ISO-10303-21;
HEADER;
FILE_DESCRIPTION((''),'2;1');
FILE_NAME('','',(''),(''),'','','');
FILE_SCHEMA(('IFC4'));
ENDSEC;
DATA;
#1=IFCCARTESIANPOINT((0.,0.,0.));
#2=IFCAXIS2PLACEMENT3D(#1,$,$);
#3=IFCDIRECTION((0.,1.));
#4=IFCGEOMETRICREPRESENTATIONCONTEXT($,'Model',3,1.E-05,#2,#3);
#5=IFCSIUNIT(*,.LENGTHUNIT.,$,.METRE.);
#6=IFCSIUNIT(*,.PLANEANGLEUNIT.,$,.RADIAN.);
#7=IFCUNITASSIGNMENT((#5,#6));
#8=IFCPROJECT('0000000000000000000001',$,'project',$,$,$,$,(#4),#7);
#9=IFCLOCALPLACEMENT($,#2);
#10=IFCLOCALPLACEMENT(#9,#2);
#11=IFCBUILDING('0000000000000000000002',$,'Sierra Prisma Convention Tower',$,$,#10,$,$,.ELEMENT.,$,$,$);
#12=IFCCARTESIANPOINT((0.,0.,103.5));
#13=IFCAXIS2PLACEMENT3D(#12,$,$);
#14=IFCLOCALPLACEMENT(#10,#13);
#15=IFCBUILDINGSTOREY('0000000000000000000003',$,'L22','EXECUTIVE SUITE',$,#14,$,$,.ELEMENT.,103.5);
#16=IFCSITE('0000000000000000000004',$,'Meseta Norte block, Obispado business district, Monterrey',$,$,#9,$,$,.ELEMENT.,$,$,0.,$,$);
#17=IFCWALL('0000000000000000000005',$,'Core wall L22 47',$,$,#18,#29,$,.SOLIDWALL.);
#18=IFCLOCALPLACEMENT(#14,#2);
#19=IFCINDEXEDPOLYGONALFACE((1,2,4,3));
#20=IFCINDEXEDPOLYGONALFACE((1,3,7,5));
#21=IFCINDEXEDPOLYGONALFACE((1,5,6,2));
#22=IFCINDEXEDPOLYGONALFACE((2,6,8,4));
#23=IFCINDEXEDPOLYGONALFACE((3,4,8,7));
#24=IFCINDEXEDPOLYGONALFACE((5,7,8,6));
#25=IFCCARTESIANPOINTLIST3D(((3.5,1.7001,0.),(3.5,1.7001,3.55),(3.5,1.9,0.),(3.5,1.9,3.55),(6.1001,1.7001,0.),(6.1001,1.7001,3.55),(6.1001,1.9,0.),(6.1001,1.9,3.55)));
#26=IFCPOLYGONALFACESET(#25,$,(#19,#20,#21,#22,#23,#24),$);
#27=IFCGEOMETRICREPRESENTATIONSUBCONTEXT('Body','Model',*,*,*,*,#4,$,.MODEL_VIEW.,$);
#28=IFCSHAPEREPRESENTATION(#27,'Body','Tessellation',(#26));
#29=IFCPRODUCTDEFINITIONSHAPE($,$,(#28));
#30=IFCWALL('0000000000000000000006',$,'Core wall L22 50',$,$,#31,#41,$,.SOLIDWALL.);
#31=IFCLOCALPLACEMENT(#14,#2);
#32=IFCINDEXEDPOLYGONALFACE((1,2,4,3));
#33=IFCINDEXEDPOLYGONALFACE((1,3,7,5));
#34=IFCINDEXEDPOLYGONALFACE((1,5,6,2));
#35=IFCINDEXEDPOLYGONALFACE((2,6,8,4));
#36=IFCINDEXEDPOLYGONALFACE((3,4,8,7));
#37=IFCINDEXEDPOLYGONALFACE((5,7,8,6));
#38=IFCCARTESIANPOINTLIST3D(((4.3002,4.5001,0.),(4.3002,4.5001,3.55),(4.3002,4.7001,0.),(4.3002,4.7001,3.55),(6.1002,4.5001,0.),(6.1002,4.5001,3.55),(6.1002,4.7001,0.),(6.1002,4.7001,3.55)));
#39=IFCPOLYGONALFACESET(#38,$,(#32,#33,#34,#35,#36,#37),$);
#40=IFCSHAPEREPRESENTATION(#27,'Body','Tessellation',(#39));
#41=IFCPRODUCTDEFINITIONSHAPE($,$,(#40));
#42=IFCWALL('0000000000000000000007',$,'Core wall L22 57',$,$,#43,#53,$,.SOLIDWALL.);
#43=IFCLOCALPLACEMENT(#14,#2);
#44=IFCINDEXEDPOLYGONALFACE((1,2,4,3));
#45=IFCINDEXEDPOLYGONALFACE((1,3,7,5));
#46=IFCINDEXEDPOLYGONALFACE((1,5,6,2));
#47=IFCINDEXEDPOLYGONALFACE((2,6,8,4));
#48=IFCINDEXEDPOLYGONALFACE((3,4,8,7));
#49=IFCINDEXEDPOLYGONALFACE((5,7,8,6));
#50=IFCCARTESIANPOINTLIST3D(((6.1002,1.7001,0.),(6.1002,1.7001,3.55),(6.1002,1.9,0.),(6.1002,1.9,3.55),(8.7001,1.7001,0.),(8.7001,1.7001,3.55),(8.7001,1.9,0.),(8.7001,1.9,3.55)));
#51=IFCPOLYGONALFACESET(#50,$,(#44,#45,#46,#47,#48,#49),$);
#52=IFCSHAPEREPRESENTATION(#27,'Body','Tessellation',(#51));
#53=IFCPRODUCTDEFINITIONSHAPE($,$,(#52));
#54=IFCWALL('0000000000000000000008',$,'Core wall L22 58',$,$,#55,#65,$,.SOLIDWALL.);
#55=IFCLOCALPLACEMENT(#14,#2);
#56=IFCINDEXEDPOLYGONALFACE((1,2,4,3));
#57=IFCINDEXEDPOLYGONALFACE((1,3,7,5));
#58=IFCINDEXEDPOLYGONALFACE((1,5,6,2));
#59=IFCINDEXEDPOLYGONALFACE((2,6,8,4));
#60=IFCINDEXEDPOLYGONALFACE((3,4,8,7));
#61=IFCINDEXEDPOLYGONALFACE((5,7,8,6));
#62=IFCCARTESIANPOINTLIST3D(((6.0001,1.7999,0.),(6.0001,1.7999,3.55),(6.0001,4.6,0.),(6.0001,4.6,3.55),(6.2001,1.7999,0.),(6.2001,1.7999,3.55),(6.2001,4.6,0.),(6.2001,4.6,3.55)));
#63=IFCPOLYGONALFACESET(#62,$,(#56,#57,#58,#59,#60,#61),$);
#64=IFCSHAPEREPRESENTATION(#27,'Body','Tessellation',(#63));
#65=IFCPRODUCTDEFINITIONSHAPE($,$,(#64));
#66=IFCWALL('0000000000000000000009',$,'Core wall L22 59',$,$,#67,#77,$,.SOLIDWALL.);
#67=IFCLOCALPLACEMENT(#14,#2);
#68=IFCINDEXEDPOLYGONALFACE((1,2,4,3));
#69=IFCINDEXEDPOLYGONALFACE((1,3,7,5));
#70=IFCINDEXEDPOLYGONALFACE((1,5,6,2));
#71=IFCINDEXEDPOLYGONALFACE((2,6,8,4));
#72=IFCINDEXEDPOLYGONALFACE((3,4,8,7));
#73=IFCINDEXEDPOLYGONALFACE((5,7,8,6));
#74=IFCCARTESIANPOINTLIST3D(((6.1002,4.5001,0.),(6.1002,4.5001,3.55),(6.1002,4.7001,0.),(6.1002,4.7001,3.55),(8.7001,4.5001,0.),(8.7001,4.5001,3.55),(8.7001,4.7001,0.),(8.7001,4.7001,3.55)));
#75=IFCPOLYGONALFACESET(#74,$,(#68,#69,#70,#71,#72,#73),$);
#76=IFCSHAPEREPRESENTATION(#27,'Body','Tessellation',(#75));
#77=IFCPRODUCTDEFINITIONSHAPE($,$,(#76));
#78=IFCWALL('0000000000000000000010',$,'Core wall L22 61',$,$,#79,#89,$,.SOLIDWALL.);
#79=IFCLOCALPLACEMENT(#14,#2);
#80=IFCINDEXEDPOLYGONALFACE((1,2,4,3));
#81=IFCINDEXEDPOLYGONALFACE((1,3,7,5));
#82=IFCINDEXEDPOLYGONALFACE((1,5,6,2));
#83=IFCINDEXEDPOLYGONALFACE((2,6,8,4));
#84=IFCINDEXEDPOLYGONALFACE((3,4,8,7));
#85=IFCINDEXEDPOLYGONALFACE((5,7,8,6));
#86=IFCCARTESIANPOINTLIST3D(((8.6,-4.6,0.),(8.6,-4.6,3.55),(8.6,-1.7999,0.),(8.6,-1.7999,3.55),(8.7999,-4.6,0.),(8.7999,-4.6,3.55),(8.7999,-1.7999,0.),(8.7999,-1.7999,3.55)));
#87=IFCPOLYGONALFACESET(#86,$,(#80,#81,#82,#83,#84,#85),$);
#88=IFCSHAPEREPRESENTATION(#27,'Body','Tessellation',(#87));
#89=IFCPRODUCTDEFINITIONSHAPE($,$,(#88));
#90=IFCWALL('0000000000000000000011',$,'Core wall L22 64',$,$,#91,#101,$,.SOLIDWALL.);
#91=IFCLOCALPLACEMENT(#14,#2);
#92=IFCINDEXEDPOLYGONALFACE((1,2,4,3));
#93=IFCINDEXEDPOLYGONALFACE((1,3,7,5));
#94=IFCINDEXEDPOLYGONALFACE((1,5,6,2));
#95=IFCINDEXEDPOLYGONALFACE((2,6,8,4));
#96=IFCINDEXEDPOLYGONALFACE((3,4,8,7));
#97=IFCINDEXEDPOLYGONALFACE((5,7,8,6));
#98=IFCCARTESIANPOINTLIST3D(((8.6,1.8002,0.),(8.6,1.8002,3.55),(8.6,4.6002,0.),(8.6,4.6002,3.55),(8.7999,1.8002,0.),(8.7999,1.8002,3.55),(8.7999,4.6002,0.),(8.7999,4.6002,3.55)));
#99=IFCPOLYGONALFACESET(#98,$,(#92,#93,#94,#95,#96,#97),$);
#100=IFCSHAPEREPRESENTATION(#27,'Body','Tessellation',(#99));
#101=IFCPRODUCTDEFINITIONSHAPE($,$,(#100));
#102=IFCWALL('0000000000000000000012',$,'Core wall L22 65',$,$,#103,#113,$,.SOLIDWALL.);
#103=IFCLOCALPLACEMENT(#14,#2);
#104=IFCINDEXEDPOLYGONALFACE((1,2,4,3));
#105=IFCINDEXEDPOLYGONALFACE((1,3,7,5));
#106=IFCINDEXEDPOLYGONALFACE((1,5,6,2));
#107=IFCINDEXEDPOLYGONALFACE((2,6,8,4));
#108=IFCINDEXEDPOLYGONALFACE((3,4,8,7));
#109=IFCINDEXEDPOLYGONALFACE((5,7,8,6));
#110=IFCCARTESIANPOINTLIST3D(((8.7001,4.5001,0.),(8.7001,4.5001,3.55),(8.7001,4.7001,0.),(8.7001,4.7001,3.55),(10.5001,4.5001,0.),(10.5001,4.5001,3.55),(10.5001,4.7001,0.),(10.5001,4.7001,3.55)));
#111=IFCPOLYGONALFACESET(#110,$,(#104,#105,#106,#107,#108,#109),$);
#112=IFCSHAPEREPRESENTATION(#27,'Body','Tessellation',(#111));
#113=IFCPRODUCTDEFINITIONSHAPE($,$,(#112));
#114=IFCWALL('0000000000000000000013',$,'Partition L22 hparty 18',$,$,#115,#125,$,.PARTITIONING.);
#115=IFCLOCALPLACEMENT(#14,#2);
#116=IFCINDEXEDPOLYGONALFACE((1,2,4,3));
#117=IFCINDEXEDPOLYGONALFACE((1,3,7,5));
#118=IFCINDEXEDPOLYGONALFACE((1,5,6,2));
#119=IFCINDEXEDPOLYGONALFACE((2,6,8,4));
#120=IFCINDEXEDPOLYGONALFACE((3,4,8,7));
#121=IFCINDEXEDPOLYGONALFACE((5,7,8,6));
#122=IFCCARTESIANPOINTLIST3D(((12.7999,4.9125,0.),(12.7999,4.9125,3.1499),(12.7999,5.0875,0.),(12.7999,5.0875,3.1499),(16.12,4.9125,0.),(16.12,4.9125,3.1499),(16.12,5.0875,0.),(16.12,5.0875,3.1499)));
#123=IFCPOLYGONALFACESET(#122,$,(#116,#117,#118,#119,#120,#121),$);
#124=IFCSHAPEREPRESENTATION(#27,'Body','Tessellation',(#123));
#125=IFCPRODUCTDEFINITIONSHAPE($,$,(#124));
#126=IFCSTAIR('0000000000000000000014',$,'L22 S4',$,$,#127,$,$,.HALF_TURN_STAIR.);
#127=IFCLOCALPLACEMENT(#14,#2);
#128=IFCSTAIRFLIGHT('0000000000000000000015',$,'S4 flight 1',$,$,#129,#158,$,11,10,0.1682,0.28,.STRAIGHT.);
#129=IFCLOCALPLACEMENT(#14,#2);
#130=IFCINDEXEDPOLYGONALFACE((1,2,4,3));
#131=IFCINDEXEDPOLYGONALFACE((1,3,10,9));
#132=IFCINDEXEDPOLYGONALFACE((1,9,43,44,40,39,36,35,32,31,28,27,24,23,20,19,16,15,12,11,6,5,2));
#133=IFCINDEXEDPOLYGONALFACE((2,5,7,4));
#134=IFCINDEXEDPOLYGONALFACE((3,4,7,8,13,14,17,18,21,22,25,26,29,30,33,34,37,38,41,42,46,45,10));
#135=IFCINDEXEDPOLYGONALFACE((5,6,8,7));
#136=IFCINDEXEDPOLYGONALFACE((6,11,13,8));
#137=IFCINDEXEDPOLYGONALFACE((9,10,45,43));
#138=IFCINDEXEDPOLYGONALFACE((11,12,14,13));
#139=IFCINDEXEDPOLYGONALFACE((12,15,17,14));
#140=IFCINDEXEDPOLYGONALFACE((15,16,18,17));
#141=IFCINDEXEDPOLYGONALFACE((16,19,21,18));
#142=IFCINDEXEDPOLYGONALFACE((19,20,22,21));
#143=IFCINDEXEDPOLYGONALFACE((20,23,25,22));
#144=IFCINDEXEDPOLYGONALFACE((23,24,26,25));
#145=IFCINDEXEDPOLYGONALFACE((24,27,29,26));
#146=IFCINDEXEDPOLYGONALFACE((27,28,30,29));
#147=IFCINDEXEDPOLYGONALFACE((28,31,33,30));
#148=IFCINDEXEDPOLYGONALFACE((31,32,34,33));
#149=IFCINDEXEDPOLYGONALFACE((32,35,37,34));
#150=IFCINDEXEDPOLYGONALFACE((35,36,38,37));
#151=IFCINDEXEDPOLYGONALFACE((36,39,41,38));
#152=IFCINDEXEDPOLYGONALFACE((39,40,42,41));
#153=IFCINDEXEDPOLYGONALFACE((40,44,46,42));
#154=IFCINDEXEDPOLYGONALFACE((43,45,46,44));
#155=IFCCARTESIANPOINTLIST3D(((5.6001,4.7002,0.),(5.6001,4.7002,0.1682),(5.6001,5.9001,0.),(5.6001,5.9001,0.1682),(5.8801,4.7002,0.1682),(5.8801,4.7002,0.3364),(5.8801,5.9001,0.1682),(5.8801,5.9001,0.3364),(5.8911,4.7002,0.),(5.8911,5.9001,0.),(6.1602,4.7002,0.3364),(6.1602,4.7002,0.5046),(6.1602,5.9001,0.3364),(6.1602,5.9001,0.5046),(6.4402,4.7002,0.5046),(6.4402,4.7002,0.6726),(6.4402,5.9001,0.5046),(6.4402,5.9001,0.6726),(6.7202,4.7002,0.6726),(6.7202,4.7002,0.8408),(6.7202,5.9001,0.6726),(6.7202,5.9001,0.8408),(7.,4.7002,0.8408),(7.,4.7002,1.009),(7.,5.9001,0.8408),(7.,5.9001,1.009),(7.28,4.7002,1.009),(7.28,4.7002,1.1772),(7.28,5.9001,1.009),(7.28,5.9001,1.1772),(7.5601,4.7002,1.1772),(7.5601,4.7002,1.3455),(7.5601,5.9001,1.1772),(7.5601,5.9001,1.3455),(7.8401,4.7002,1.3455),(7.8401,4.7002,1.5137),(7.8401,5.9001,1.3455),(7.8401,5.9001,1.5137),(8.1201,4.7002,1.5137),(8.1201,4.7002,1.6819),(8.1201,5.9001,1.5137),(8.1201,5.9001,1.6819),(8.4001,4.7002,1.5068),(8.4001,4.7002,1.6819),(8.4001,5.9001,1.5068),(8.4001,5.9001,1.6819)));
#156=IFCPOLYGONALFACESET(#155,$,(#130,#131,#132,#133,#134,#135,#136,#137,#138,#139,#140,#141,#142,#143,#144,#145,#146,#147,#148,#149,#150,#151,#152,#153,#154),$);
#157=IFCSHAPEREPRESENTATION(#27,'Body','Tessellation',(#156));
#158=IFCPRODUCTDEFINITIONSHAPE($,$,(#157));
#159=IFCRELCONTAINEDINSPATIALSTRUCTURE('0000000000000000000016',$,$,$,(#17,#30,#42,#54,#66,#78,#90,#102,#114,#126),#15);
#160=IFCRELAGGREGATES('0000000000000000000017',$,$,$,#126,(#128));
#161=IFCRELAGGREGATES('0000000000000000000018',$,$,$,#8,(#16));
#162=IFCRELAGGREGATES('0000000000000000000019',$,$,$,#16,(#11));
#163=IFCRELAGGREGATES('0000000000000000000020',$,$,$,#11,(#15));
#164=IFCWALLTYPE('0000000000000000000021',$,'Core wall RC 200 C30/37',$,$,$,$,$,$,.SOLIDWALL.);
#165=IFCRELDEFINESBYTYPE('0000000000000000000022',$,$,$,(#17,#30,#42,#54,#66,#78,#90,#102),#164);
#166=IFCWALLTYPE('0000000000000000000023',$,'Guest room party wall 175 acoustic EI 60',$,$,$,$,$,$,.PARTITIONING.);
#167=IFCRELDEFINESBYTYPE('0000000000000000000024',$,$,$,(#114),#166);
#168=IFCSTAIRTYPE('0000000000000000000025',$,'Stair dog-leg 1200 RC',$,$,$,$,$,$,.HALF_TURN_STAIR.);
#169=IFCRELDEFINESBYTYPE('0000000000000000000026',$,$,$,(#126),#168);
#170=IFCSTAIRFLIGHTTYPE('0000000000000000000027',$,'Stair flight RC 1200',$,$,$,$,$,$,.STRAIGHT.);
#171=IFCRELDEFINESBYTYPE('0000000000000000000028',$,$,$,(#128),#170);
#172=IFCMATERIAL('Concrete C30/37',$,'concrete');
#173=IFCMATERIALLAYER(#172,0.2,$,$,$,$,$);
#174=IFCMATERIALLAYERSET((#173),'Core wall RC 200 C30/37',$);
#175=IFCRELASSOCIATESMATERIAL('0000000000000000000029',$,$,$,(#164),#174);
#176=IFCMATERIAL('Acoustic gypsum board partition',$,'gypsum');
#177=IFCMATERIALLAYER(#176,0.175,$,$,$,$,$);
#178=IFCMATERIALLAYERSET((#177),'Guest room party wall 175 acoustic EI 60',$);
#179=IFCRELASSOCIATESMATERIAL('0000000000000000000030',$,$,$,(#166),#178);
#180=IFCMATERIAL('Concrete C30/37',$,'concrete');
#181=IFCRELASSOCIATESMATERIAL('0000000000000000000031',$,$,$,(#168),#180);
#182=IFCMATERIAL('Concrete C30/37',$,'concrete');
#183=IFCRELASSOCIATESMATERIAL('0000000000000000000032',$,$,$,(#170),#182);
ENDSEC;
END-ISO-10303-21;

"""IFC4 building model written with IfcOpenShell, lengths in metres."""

from ifc_helpers import new_model, si_unit, direction, frame, frame_2d, origin, place, context, subcontext, project, spatial, polyline, rectangle, outline, extrude, material, layer, layer_set, type_object, element, aggregate, save


model = new_model("IFC4")

# Units and contexts
model_context = context("Model", 3, precision=1e-05, world=origin(), true_north=direction((0.0, 1.0)))
body_context = subcontext(model_context, "Body", "Model", "MODEL_VIEW")
ifc_project = project(units=[si_unit("LENGTHUNIT", "METRE"), si_unit("PLANEANGLEUNIT", "RADIAN")], contexts=[model_context])

# Site, building, storey
site_placement = place(None, origin())
site = spatial("IfcSite", under=ifc_project, at=site_placement, Name="Meseta Norte block, Obispado business district, Monterrey", CompositionType="ELEMENT", RefElevation=0.0)
building_placement = place(site_placement, origin())
building = spatial("IfcBuilding", under=site, at=building_placement, Name="Sierra Prisma Convention Tower", CompositionType="ELEMENT")
storey_placement = place(building_placement, frame((0.0, 0.0, 103.5)))
storey = spatial("IfcBuildingStorey", under=building, at=storey_placement, Name="L22", Description="EXECUTIVE SUITE", CompositionType="ELEMENT", Elevation=103.5)

# Walls
ifc_material_1 = material(Name="Concrete C30/37", Category="concrete")
ifc_layer_1 = layer(ifc_material_1, 0.2)
ifc_layer_set_1 = layer_set([ifc_layer_1], Name="Core wall RC 200 C30/37")
wall_type_1 = type_object("IfcWallType", Name="Core wall RC 200 C30/37", PredefinedType="SOLIDWALL", material=ifc_layer_set_1)
wall_1_placement = place(storey_placement, frame((6.1001, 1.8, 0.0), z_axis=(0.0, 0.0, 1.0), x_axis=(-1.0, 0.0, 0.0)))
element("IfcWall", 1, at=wall_1_placement, inside=storey, type_object=wall_type_1, Name="Core wall L22 47", PredefinedType="SOLIDWALL", context=body_context, shape_type="SweptSolid", body=[
    extrude(rectangle(XDim=2.6001, YDim=0.2, at=frame_2d((1.3, 0.0))), origin(), (0.0, 0.0, 1.0), 3.55),
])
wall_2_placement = place(storey_placement, frame((6.1001, 4.6001, 0.0), z_axis=(0.0, 0.0, 1.0), x_axis=(-1.0, 0.0, 0.0)))
element("IfcWall", 2, at=wall_2_placement, inside=storey, type_object=wall_type_1, Name="Core wall L22 50", PredefinedType="SOLIDWALL", context=body_context, shape_type="SweptSolid", body=[
    extrude(rectangle(XDim=1.8, YDim=0.2, at=frame_2d((0.8999, 0.0))), origin(), (0.0, 0.0, 1.0), 3.55),
])

# Walls
wall_3_placement = place(storey_placement, frame((8.7, 1.8, 0.0), z_axis=(0.0, 0.0, 1.0), x_axis=(-1.0, 0.0, 0.0)))
element("IfcWall", 3, at=wall_3_placement, inside=storey, type_object=wall_type_1, Name="Core wall L22 57", PredefinedType="SOLIDWALL", context=body_context, shape_type="SweptSolid", body=[
    extrude(rectangle(XDim=2.5999, YDim=0.2, at=frame_2d((1.2998, 0.0))), origin(), (0.0, 0.0, 1.0), 3.55),
])
wall_4_placement = place(storey_placement, frame((6.1001, 1.8, 0.0), z_axis=(0.0, 0.0, 1.0), x_axis=(0.0, 1.0, 0.0)))
element("IfcWall", 4, at=wall_4_placement, inside=storey, type_object=wall_type_1, Name="Core wall L22 58", PredefinedType="SOLIDWALL", context=body_context, shape_type="SweptSolid", body=[
    extrude(rectangle(XDim=2.8, YDim=0.2, at=frame_2d((1.3999, 0.0))), origin(), (0.0, 0.0, 1.0), 3.55),
])
wall_5_placement = place(storey_placement, frame((8.7, 4.6001, 0.0), z_axis=(0.0, 0.0, 1.0), x_axis=(-1.0, 0.0, 0.0)))
element("IfcWall", 5, at=wall_5_placement, inside=storey, type_object=wall_type_1, Name="Core wall L22 59", PredefinedType="SOLIDWALL", context=body_context, shape_type="SweptSolid", body=[
    extrude(rectangle(XDim=2.5999, YDim=0.2, at=frame_2d((1.2998, 0.0))), origin(), (0.0, 0.0, 1.0), 3.55),
])
wall_6_placement = place(storey_placement, frame((8.7, -1.8, 0.0), z_axis=(0.0, 0.0, 1.0), x_axis=(0.0, -1.0, 0.0)))
element("IfcWall", 6, at=wall_6_placement, inside=storey, type_object=wall_type_1, Name="Core wall L22 61", PredefinedType="SOLIDWALL", context=body_context, shape_type="SweptSolid", body=[
    extrude(rectangle(XDim=2.8, YDim=0.2, at=frame_2d((1.3999, 0.0))), origin(), (0.0, 0.0, 1.0), 3.55),
])

# Walls
wall_7_placement = place(storey_placement, frame((8.7, 4.6001, 0.0), z_axis=(0.0, 0.0, 1.0), x_axis=(0.0, -1.0, 0.0)))
element("IfcWall", 7, at=wall_7_placement, inside=storey, type_object=wall_type_1, Name="Core wall L22 64", PredefinedType="SOLIDWALL", context=body_context, shape_type="SweptSolid", body=[
    extrude(rectangle(XDim=2.8, YDim=0.2, at=frame_2d((1.3999, 0.0))), origin(), (0.0, 0.0, 1.0), 3.55),
])
wall_8_placement = place(storey_placement, frame((10.5, 4.6001, 0.0), z_axis=(0.0, 0.0, 1.0), x_axis=(-1.0, 0.0, 0.0)))
element("IfcWall", 8, at=wall_8_placement, inside=storey, type_object=wall_type_1, Name="Core wall L22 65", PredefinedType="SOLIDWALL", context=body_context, shape_type="SweptSolid", body=[
    extrude(rectangle(XDim=1.8, YDim=0.2, at=frame_2d((0.8999, 0.0))), origin(), (0.0, 0.0, 1.0), 3.55),
])
ifc_material_2 = material(Name="Acoustic gypsum board partition", Category="gypsum")
ifc_layer_2 = layer(ifc_material_2, 0.175)
ifc_layer_set_2 = layer_set([ifc_layer_2], Name="Guest room party wall 175 acoustic EI 60")
wall_type_2 = type_object("IfcWallType", Name="Guest room party wall 175 acoustic EI 60", PredefinedType="PARTITIONING", material=ifc_layer_set_2)
wall_9_placement = place(storey_placement, frame((16.1201, 5.0, 0.0), z_axis=(0.0, 0.0, 1.0), x_axis=(-1.0, 0.0, 0.0)))
element("IfcWall", 9, at=wall_9_placement, inside=storey, type_object=wall_type_2, Name="Partition L22 hparty 18", PredefinedType="PARTITIONING", context=body_context, shape_type="SweptSolid", body=[
    extrude(rectangle(XDim=3.3201, YDim=0.175, at=frame_2d((1.6602, 0.0))), origin(), (0.0, 0.0, 1.0), 3.1499),
])

# Stair, stair flight
ifc_material_3 = material(Name="Concrete C30/37", Category="concrete")
stair_type = type_object("IfcStairType", Name="Stair dog-leg 1200 RC", PredefinedType="HALF_TURN_STAIR", material=ifc_material_3)
stair_placement = place(storey_placement, origin())
stair = element("IfcStair", 10, at=stair_placement, inside=storey, type_object=stair_type, Name="L22 S4", PredefinedType="HALF_TURN_STAIR")
ifc_material_4 = material(Name="Concrete C30/37", Category="concrete")
stair_flight_type = type_object("IfcStairFlightType", Name="Stair flight RC 1200", PredefinedType="STRAIGHT", material=ifc_material_4)
stair_flight_placement = place(storey_placement, frame((5.6001, 5.3, 0.0), z_axis=(0.0, 0.0, 1.0), x_axis=(1.0, 0.0, 0.0)))
stair_flight = element("IfcStairFlight", 11, at=stair_flight_placement, type_object=stair_flight_type, Name="S4 flight 1", NumberOfRisers=11, NumberOfTreads=10, PredefinedType="STRAIGHT", RiserHeight=0.1682, TreadLength=0.28, context=body_context, shape_type="SweptSolid", body=[
    extrude(outline(polyline([(0.0, 0.0), (0.0, 0.1682), (0.28, 0.1682), (0.28, 0.3364), (0.5601, 0.3364), (0.5601, 0.5046), (0.8401, 0.5046), (0.8401, 0.6726), (1.1201, 0.6726), (1.1201, 0.8408), (1.3999, 0.8408), (1.3999, 1.009), (1.6799, 1.009), (1.6799, 1.1772), (1.96, 1.1772), (1.96, 1.3455), (2.24, 1.3455), (2.24, 1.5137), (2.52, 1.5137), (2.52, 1.6819), (2.8, 1.6819), (2.8, 1.8501), (2.8, 1.5068), (0.291, 0.0), (0.0, 0.0)])), frame((0.0, 0.6001, 0.0), z_axis=(0.0, -1.0, 0.0), x_axis=(1.0, 0.0, 0.0)), (0.0, 0.0, 1.0), 1.2),
])
aggregate(stair, [stair_flight])

save(model, "model.ifc")
